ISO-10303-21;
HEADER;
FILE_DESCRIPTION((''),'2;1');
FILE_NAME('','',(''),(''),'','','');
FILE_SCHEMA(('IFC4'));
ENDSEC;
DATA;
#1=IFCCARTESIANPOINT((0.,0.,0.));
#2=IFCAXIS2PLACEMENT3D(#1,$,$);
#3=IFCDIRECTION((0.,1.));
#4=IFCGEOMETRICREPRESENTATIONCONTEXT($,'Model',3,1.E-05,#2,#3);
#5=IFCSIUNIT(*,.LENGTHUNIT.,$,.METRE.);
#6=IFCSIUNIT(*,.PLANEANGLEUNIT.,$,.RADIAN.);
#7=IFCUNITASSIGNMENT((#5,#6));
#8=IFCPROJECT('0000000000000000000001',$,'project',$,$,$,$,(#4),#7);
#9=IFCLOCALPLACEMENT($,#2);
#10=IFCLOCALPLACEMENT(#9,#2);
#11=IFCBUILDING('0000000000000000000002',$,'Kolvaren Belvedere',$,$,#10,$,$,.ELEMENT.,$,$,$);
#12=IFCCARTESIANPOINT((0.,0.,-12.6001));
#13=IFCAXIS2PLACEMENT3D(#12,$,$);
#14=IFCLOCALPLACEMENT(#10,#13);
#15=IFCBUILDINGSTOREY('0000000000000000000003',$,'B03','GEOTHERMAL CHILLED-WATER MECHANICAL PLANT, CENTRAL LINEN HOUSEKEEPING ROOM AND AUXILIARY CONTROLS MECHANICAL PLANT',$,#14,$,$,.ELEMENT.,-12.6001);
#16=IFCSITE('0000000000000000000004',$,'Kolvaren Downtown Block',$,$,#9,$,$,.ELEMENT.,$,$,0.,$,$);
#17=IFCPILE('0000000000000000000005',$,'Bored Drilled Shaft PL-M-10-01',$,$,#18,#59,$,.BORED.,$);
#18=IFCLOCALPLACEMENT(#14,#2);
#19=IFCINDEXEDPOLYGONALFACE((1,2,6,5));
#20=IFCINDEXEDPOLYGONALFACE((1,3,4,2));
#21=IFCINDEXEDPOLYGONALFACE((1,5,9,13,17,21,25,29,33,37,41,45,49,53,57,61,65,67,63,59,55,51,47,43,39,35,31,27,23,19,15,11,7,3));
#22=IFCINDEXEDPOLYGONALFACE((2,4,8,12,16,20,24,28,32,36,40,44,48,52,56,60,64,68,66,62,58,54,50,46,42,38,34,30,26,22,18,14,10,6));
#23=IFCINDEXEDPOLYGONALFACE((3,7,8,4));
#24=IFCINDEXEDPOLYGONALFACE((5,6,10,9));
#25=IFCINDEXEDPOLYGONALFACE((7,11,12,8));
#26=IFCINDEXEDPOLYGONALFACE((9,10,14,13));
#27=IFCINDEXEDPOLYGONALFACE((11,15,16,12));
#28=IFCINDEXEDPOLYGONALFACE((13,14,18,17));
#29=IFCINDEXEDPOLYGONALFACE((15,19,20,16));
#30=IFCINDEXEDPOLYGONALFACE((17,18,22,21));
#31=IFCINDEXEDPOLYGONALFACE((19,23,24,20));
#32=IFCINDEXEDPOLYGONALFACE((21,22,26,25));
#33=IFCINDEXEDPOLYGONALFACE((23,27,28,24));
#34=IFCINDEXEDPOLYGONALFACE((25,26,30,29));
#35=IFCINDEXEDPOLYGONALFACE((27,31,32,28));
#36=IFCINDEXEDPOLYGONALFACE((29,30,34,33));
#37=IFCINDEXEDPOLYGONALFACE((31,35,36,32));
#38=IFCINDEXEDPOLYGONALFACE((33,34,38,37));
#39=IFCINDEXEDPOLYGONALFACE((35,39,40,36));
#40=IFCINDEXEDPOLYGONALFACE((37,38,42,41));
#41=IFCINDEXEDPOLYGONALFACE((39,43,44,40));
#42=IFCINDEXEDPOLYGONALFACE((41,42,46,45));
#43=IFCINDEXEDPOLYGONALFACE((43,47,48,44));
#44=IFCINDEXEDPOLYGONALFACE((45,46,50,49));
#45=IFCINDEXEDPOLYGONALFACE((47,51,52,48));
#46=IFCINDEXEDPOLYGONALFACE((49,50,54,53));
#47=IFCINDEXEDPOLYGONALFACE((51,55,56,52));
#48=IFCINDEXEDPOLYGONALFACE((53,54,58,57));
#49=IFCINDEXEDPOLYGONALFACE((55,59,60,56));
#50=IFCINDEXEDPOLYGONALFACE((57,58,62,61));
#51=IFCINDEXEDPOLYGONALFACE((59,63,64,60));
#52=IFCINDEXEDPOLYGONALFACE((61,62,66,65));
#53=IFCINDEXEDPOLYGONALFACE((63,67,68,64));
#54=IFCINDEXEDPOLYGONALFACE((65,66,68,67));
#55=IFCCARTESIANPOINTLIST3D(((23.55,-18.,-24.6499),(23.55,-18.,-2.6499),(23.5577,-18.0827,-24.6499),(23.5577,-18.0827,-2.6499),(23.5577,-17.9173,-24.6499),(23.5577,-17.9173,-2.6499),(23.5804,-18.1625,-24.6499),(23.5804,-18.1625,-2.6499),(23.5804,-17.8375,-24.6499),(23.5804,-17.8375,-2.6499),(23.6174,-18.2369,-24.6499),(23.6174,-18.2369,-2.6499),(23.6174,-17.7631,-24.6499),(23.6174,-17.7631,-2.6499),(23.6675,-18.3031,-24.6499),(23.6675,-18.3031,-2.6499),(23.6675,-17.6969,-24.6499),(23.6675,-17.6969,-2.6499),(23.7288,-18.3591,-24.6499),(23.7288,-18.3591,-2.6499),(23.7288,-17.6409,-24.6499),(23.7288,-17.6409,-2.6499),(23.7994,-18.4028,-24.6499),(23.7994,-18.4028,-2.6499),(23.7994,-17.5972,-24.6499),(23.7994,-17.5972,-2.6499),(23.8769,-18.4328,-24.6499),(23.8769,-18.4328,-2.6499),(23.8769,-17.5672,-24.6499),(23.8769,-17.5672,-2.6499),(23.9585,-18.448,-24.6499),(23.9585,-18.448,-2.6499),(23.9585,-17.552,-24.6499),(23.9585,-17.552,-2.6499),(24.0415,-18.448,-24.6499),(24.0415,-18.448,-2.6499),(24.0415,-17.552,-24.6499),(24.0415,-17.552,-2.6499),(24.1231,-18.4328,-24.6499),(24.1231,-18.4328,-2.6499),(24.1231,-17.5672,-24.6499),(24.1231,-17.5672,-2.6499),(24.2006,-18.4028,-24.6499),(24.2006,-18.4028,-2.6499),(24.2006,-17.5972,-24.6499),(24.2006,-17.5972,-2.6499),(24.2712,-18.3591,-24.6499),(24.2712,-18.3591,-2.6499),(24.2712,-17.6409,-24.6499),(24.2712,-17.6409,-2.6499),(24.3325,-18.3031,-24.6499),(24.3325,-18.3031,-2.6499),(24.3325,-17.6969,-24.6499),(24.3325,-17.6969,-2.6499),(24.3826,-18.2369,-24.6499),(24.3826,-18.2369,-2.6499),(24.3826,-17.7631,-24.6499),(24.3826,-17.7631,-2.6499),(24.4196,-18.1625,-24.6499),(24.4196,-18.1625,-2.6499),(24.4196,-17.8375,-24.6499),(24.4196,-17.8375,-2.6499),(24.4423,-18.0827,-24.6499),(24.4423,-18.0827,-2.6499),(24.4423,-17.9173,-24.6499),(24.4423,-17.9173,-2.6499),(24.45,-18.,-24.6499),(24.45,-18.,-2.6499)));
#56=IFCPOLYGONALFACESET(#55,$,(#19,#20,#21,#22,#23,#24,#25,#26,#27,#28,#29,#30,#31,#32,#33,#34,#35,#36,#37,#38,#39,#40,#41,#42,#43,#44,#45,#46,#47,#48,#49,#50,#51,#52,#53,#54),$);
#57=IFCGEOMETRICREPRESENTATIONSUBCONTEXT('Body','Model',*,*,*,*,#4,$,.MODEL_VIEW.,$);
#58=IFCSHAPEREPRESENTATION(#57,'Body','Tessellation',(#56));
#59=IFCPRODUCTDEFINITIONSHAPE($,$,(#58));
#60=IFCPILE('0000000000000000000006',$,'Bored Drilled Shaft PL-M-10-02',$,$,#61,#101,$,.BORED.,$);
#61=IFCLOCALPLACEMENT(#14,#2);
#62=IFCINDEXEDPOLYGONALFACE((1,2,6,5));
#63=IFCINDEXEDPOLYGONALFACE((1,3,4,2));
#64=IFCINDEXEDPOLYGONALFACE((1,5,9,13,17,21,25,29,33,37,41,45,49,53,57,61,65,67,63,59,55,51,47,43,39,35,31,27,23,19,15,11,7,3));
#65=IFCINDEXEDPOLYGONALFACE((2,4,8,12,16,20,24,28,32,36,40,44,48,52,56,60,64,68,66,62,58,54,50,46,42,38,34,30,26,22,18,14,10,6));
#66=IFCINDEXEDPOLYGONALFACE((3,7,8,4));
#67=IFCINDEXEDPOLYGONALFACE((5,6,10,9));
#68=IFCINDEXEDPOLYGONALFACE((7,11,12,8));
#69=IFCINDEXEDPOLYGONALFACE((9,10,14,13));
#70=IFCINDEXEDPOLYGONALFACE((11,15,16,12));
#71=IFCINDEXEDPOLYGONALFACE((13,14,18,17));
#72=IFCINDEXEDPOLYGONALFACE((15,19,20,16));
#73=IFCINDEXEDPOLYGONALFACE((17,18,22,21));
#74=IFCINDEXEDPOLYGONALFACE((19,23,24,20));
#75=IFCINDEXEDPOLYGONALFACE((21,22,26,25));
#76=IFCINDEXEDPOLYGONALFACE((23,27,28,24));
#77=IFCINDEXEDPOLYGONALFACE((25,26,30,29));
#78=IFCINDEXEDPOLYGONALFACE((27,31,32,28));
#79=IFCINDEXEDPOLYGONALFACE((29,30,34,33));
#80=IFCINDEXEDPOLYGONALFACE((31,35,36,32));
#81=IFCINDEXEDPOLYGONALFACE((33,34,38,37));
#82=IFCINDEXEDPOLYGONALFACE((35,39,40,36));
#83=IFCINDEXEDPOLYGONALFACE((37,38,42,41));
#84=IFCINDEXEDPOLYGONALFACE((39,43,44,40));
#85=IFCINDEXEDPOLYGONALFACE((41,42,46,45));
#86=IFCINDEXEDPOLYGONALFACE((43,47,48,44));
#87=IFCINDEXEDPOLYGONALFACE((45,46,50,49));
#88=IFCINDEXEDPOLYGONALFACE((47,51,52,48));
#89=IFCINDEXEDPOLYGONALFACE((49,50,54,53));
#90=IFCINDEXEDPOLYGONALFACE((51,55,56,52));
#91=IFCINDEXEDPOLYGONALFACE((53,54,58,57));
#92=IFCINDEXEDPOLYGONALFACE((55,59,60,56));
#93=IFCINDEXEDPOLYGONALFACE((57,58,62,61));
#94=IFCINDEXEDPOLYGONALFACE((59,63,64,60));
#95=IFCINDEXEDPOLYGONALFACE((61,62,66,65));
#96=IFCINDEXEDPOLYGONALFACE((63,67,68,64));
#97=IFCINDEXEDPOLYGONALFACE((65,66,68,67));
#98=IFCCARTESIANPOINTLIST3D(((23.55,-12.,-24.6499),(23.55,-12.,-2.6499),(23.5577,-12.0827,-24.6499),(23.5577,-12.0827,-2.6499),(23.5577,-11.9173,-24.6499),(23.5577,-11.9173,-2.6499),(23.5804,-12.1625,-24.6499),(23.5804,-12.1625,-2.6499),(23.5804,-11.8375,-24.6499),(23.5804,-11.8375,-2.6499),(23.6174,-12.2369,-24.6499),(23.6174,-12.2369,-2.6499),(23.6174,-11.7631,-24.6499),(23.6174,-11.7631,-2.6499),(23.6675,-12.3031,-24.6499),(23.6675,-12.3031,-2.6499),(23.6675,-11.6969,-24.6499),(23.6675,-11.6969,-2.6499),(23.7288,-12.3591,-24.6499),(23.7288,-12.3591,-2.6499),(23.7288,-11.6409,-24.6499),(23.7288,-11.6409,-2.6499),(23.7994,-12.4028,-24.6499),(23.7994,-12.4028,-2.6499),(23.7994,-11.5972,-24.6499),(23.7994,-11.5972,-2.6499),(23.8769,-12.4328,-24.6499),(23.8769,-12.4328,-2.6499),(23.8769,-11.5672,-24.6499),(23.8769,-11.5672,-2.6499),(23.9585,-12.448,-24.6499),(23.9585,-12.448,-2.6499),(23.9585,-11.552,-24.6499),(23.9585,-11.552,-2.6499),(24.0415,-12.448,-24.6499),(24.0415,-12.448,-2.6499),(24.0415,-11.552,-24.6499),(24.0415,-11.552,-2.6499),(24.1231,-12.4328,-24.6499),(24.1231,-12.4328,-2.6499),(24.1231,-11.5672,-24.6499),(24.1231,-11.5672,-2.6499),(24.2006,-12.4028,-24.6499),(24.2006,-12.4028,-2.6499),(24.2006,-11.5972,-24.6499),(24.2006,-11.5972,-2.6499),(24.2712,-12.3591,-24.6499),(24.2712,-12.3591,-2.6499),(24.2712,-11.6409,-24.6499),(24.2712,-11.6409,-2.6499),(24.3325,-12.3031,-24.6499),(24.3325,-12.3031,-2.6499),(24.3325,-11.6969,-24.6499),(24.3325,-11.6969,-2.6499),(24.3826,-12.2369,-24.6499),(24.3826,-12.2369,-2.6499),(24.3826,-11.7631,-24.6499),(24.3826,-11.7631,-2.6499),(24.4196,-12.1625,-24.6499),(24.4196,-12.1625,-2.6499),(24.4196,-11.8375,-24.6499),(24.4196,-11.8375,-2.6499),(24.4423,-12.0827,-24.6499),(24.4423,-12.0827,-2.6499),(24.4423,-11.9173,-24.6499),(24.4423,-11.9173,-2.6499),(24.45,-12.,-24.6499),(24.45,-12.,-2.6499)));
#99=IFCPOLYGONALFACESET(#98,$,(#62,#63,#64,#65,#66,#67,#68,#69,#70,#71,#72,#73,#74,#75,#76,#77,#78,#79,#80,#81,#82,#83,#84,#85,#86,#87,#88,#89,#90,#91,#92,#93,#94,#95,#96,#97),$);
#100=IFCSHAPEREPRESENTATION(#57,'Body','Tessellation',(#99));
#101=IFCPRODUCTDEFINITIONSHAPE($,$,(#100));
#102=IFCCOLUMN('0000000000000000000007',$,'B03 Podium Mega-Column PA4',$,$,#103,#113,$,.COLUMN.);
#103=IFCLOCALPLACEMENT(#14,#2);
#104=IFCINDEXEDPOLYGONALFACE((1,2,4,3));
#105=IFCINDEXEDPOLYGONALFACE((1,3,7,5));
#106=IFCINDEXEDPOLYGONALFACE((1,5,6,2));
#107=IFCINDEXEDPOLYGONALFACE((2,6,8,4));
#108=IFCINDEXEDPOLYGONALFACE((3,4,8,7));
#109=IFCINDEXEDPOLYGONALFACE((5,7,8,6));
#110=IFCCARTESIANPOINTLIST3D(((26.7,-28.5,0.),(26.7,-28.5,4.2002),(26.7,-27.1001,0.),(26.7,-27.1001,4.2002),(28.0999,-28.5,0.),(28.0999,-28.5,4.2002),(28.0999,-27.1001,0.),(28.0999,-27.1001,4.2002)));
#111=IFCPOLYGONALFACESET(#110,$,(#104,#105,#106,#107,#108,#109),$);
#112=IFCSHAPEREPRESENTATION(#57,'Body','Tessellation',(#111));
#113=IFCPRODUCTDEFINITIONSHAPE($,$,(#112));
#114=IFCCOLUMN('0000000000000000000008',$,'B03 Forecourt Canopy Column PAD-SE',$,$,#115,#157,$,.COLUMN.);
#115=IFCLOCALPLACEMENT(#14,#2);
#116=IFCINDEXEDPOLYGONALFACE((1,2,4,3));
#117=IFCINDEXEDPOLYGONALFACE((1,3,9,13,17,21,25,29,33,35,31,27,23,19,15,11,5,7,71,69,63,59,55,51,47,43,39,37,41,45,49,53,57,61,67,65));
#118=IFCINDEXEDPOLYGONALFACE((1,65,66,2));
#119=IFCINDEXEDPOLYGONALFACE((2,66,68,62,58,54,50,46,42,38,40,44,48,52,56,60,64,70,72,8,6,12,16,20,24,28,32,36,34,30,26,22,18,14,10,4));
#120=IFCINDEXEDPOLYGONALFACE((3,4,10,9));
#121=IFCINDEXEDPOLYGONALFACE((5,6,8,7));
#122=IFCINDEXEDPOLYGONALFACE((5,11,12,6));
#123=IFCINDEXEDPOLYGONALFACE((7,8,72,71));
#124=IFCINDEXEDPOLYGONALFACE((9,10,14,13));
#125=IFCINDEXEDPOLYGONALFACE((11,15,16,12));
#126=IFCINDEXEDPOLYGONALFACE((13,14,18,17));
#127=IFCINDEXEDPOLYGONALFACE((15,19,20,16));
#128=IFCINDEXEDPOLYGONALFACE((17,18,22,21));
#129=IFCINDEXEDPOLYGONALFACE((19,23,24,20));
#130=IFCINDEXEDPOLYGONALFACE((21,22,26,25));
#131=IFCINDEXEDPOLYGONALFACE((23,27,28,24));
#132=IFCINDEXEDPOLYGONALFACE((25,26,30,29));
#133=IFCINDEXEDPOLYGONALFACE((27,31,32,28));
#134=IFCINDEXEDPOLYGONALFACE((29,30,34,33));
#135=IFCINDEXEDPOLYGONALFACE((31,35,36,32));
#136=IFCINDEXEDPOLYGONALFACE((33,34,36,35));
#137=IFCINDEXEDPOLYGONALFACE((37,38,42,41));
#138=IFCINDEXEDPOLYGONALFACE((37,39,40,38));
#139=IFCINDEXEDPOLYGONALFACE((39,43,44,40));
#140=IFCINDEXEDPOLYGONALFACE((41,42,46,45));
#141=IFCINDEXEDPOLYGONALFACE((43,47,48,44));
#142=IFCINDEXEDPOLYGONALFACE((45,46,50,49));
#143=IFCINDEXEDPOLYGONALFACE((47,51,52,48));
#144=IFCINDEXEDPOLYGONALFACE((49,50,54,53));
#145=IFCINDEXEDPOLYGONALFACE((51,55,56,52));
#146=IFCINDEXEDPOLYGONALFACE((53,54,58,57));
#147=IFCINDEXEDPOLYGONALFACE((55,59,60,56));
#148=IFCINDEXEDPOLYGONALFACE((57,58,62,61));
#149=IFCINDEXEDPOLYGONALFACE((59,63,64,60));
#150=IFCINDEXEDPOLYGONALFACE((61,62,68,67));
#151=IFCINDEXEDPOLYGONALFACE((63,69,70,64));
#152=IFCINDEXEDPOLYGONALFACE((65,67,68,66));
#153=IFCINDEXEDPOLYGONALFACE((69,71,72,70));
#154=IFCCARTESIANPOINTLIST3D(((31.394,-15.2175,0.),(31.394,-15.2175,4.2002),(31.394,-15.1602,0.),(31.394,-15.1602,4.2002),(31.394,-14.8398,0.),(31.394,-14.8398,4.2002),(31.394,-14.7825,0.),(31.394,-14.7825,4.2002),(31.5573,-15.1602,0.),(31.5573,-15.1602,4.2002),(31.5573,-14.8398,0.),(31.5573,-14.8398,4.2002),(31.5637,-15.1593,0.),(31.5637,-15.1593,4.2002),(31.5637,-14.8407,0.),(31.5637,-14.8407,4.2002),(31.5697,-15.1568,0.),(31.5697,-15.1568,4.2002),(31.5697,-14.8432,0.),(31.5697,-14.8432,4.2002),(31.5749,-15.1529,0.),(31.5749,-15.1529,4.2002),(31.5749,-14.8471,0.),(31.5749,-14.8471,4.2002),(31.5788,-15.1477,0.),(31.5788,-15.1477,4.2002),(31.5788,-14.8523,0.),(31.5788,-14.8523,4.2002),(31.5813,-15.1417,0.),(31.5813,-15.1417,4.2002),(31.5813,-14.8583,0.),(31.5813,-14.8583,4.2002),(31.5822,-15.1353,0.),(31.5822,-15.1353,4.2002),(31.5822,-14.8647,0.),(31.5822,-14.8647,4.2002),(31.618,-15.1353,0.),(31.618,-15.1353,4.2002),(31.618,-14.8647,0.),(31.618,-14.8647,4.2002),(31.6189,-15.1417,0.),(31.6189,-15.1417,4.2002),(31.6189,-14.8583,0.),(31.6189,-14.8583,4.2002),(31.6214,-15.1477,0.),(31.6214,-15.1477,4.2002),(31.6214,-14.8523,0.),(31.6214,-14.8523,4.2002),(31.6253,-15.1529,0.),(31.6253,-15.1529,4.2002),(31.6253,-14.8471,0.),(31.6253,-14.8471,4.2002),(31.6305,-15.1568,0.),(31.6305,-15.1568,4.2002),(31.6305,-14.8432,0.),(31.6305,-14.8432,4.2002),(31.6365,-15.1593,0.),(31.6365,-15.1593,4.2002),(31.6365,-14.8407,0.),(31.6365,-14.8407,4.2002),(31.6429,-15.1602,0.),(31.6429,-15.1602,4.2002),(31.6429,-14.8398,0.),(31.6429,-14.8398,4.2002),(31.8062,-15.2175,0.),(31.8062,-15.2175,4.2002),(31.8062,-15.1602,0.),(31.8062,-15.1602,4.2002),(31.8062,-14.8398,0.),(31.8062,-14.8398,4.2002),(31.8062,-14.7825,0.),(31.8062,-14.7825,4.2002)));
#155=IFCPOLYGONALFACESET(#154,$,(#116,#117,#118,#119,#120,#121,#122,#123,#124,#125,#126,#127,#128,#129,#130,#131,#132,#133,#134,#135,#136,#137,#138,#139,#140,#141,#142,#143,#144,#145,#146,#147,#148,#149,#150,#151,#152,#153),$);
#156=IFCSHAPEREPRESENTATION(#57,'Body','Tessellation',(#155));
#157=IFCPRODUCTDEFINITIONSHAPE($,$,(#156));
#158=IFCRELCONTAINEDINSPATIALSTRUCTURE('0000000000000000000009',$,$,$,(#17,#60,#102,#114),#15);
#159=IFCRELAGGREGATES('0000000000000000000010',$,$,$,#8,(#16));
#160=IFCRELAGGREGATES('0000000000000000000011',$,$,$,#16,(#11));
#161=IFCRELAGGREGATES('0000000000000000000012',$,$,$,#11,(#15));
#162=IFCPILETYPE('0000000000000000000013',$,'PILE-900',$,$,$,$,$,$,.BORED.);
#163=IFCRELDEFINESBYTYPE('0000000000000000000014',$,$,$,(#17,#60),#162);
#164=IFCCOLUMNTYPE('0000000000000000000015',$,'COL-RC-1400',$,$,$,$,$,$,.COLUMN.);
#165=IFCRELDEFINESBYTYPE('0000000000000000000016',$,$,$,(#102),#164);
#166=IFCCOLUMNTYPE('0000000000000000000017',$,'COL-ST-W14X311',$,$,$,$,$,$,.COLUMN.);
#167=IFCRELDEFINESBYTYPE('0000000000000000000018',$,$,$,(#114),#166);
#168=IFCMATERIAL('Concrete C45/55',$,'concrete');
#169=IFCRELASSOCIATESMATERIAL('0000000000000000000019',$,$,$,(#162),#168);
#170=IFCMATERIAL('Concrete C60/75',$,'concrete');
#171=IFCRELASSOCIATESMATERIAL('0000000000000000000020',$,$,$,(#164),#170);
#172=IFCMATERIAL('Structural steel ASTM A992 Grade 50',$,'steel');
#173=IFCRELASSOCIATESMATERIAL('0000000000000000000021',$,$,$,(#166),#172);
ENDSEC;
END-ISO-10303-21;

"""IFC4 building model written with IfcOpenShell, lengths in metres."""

from ifc_helpers import new_model, si_unit, direction, frame, origin, origin_2d, place, context, subcontext, project, spatial, rectangle, circle, i_section, extrude, material, material_profile, profile_set, type_object, element, save


model = new_model("IFC4")

# Units and contexts
model_context = context("Model", 3, precision=1e-05, world=origin(), true_north=direction((0.0, 1.0)))
body_context = subcontext(model_context, "Body", "Model", "MODEL_VIEW")
ifc_project = project(units=[si_unit("LENGTHUNIT", "METRE"), si_unit("PLANEANGLEUNIT", "RADIAN")], contexts=[model_context])

# Site, building, storey
site_placement = place(None, origin())
site = spatial("IfcSite", under=ifc_project, at=site_placement, Name="Kolvaren Downtown Block", CompositionType="ELEMENT", RefElevation=0.0)
building_placement = place(site_placement, origin())
building = spatial("IfcBuilding", under=site, at=building_placement, Name="Kolvaren Belvedere", CompositionType="ELEMENT")
storey_placement = place(building_placement, frame((0.0, 0.0, -12.6001)))
storey = spatial("IfcBuildingStorey", under=building, at=storey_placement, Name="B03", Description="GEOTHERMAL CHILLED-WATER MECHANICAL PLANT, CENTRAL LINEN HOUSEKEEPING ROOM AND AUXILIARY CONTROLS MECHANICAL PLANT", CompositionType="ELEMENT", Elevation=-12.6001)

# Piles
ifc_material_1 = material(Name="Concrete C45/55", Category="concrete")
ifc_material_profile_1 = material_profile(ifc_material_1, circle(Radius=0.45, at=origin_2d()), Name="BORED PILE D900")
ifc_profile_set_1 = profile_set([ifc_material_profile_1], Name="Concrete C45/55")
pile_type_1 = type_object("IfcPileType", Name="PILE-900", PredefinedType="BORED", material=ifc_profile_set_1)
for number, where, z_axis, x_axis, name in (
    (1, (24.0, -18.0, -2.6499), (0.0, 0.0, -1.0), (1.0, 0.0, 0.0), "Bored Drilled Shaft PL-M-10-01"),
    (2, (24.0, -12.0, -2.6499), (0.0, 0.0, -1.0), (1.0, 0.0, 0.0), "Bored Drilled Shaft PL-M-10-02"),
):
    element("IfcPile", number, at=place(storey_placement, frame(where, z_axis=z_axis, x_axis=x_axis)), inside=storey, type_object=pile_type_1, Name=name, PredefinedType="BORED", context=body_context, shape_type="SweptSolid", body=[
        extrude(circle(Radius=0.45, at=origin_2d()), origin(), (0.0, 0.0, 1.0), 22.0),
    ])

# Columns
ifc_material_2 = material(Name="Concrete C60/75", Category="concrete")
ifc_material_profile_2 = material_profile(ifc_material_2, rectangle(XDim=1.3999, YDim=1.3999, at=origin_2d()), Name="RC 1400X1400")
ifc_profile_set_2 = profile_set([ifc_material_profile_2], Name="Concrete C60/75")
column_type_1 = type_object("IfcColumnType", Name="COL-RC-1400", PredefinedType="COLUMN", material=ifc_profile_set_2)
column_1_placement = place(storey_placement, frame((27.3999, -27.8, 0.0), z_axis=(0.0, 0.0, 1.0), x_axis=(1.0, 0.0, 0.0)))
element("IfcColumn", 3, at=column_1_placement, inside=storey, type_object=column_type_1, Name="B03 Podium Mega-Column PA4", PredefinedType="COLUMN", context=body_context, shape_type="SweptSolid", body=[
    extrude(rectangle(XDim=1.3999, YDim=1.3999, at=origin_2d()), origin(), (0.0, 0.0, 1.0), 4.2002),
])
ifc_material_3 = material(Name="Structural steel ASTM A992 Grade 50", Category="steel")
ifc_material_profile_3 = material_profile(ifc_material_3, i_section(OverallWidth=0.4121, OverallDepth=0.4351, WebThickness=0.0359, FlangeThickness=0.0574, FilletRadius=0.0249, at=origin_2d()), Name="W14X311")
ifc_profile_set_3 = profile_set([ifc_material_profile_3], Name="Structural steel ASTM A992 Grade 50")
column_type_2 = type_object("IfcColumnType", Name="COL-ST-W14X311", PredefinedType="COLUMN", material=ifc_profile_set_3)
column_2_placement = place(storey_placement, frame((31.6001, -15.0, 0.0), z_axis=(0.0, 0.0, 1.0), x_axis=(1.0, 0.0, 0.0)))
element("IfcColumn", 4, at=column_2_placement, inside=storey, type_object=column_type_2, Name="B03 Forecourt Canopy Column PAD-SE", PredefinedType="COLUMN", context=body_context, shape_type="SweptSolid", body=[
    extrude(i_section(OverallWidth=0.4121, OverallDepth=0.4351, WebThickness=0.0359, FlangeThickness=0.0574, FilletRadius=0.0249, at=origin_2d()), origin(), (0.0, 0.0, 1.0), 4.2002),
])

save(model, "model.ifc")
